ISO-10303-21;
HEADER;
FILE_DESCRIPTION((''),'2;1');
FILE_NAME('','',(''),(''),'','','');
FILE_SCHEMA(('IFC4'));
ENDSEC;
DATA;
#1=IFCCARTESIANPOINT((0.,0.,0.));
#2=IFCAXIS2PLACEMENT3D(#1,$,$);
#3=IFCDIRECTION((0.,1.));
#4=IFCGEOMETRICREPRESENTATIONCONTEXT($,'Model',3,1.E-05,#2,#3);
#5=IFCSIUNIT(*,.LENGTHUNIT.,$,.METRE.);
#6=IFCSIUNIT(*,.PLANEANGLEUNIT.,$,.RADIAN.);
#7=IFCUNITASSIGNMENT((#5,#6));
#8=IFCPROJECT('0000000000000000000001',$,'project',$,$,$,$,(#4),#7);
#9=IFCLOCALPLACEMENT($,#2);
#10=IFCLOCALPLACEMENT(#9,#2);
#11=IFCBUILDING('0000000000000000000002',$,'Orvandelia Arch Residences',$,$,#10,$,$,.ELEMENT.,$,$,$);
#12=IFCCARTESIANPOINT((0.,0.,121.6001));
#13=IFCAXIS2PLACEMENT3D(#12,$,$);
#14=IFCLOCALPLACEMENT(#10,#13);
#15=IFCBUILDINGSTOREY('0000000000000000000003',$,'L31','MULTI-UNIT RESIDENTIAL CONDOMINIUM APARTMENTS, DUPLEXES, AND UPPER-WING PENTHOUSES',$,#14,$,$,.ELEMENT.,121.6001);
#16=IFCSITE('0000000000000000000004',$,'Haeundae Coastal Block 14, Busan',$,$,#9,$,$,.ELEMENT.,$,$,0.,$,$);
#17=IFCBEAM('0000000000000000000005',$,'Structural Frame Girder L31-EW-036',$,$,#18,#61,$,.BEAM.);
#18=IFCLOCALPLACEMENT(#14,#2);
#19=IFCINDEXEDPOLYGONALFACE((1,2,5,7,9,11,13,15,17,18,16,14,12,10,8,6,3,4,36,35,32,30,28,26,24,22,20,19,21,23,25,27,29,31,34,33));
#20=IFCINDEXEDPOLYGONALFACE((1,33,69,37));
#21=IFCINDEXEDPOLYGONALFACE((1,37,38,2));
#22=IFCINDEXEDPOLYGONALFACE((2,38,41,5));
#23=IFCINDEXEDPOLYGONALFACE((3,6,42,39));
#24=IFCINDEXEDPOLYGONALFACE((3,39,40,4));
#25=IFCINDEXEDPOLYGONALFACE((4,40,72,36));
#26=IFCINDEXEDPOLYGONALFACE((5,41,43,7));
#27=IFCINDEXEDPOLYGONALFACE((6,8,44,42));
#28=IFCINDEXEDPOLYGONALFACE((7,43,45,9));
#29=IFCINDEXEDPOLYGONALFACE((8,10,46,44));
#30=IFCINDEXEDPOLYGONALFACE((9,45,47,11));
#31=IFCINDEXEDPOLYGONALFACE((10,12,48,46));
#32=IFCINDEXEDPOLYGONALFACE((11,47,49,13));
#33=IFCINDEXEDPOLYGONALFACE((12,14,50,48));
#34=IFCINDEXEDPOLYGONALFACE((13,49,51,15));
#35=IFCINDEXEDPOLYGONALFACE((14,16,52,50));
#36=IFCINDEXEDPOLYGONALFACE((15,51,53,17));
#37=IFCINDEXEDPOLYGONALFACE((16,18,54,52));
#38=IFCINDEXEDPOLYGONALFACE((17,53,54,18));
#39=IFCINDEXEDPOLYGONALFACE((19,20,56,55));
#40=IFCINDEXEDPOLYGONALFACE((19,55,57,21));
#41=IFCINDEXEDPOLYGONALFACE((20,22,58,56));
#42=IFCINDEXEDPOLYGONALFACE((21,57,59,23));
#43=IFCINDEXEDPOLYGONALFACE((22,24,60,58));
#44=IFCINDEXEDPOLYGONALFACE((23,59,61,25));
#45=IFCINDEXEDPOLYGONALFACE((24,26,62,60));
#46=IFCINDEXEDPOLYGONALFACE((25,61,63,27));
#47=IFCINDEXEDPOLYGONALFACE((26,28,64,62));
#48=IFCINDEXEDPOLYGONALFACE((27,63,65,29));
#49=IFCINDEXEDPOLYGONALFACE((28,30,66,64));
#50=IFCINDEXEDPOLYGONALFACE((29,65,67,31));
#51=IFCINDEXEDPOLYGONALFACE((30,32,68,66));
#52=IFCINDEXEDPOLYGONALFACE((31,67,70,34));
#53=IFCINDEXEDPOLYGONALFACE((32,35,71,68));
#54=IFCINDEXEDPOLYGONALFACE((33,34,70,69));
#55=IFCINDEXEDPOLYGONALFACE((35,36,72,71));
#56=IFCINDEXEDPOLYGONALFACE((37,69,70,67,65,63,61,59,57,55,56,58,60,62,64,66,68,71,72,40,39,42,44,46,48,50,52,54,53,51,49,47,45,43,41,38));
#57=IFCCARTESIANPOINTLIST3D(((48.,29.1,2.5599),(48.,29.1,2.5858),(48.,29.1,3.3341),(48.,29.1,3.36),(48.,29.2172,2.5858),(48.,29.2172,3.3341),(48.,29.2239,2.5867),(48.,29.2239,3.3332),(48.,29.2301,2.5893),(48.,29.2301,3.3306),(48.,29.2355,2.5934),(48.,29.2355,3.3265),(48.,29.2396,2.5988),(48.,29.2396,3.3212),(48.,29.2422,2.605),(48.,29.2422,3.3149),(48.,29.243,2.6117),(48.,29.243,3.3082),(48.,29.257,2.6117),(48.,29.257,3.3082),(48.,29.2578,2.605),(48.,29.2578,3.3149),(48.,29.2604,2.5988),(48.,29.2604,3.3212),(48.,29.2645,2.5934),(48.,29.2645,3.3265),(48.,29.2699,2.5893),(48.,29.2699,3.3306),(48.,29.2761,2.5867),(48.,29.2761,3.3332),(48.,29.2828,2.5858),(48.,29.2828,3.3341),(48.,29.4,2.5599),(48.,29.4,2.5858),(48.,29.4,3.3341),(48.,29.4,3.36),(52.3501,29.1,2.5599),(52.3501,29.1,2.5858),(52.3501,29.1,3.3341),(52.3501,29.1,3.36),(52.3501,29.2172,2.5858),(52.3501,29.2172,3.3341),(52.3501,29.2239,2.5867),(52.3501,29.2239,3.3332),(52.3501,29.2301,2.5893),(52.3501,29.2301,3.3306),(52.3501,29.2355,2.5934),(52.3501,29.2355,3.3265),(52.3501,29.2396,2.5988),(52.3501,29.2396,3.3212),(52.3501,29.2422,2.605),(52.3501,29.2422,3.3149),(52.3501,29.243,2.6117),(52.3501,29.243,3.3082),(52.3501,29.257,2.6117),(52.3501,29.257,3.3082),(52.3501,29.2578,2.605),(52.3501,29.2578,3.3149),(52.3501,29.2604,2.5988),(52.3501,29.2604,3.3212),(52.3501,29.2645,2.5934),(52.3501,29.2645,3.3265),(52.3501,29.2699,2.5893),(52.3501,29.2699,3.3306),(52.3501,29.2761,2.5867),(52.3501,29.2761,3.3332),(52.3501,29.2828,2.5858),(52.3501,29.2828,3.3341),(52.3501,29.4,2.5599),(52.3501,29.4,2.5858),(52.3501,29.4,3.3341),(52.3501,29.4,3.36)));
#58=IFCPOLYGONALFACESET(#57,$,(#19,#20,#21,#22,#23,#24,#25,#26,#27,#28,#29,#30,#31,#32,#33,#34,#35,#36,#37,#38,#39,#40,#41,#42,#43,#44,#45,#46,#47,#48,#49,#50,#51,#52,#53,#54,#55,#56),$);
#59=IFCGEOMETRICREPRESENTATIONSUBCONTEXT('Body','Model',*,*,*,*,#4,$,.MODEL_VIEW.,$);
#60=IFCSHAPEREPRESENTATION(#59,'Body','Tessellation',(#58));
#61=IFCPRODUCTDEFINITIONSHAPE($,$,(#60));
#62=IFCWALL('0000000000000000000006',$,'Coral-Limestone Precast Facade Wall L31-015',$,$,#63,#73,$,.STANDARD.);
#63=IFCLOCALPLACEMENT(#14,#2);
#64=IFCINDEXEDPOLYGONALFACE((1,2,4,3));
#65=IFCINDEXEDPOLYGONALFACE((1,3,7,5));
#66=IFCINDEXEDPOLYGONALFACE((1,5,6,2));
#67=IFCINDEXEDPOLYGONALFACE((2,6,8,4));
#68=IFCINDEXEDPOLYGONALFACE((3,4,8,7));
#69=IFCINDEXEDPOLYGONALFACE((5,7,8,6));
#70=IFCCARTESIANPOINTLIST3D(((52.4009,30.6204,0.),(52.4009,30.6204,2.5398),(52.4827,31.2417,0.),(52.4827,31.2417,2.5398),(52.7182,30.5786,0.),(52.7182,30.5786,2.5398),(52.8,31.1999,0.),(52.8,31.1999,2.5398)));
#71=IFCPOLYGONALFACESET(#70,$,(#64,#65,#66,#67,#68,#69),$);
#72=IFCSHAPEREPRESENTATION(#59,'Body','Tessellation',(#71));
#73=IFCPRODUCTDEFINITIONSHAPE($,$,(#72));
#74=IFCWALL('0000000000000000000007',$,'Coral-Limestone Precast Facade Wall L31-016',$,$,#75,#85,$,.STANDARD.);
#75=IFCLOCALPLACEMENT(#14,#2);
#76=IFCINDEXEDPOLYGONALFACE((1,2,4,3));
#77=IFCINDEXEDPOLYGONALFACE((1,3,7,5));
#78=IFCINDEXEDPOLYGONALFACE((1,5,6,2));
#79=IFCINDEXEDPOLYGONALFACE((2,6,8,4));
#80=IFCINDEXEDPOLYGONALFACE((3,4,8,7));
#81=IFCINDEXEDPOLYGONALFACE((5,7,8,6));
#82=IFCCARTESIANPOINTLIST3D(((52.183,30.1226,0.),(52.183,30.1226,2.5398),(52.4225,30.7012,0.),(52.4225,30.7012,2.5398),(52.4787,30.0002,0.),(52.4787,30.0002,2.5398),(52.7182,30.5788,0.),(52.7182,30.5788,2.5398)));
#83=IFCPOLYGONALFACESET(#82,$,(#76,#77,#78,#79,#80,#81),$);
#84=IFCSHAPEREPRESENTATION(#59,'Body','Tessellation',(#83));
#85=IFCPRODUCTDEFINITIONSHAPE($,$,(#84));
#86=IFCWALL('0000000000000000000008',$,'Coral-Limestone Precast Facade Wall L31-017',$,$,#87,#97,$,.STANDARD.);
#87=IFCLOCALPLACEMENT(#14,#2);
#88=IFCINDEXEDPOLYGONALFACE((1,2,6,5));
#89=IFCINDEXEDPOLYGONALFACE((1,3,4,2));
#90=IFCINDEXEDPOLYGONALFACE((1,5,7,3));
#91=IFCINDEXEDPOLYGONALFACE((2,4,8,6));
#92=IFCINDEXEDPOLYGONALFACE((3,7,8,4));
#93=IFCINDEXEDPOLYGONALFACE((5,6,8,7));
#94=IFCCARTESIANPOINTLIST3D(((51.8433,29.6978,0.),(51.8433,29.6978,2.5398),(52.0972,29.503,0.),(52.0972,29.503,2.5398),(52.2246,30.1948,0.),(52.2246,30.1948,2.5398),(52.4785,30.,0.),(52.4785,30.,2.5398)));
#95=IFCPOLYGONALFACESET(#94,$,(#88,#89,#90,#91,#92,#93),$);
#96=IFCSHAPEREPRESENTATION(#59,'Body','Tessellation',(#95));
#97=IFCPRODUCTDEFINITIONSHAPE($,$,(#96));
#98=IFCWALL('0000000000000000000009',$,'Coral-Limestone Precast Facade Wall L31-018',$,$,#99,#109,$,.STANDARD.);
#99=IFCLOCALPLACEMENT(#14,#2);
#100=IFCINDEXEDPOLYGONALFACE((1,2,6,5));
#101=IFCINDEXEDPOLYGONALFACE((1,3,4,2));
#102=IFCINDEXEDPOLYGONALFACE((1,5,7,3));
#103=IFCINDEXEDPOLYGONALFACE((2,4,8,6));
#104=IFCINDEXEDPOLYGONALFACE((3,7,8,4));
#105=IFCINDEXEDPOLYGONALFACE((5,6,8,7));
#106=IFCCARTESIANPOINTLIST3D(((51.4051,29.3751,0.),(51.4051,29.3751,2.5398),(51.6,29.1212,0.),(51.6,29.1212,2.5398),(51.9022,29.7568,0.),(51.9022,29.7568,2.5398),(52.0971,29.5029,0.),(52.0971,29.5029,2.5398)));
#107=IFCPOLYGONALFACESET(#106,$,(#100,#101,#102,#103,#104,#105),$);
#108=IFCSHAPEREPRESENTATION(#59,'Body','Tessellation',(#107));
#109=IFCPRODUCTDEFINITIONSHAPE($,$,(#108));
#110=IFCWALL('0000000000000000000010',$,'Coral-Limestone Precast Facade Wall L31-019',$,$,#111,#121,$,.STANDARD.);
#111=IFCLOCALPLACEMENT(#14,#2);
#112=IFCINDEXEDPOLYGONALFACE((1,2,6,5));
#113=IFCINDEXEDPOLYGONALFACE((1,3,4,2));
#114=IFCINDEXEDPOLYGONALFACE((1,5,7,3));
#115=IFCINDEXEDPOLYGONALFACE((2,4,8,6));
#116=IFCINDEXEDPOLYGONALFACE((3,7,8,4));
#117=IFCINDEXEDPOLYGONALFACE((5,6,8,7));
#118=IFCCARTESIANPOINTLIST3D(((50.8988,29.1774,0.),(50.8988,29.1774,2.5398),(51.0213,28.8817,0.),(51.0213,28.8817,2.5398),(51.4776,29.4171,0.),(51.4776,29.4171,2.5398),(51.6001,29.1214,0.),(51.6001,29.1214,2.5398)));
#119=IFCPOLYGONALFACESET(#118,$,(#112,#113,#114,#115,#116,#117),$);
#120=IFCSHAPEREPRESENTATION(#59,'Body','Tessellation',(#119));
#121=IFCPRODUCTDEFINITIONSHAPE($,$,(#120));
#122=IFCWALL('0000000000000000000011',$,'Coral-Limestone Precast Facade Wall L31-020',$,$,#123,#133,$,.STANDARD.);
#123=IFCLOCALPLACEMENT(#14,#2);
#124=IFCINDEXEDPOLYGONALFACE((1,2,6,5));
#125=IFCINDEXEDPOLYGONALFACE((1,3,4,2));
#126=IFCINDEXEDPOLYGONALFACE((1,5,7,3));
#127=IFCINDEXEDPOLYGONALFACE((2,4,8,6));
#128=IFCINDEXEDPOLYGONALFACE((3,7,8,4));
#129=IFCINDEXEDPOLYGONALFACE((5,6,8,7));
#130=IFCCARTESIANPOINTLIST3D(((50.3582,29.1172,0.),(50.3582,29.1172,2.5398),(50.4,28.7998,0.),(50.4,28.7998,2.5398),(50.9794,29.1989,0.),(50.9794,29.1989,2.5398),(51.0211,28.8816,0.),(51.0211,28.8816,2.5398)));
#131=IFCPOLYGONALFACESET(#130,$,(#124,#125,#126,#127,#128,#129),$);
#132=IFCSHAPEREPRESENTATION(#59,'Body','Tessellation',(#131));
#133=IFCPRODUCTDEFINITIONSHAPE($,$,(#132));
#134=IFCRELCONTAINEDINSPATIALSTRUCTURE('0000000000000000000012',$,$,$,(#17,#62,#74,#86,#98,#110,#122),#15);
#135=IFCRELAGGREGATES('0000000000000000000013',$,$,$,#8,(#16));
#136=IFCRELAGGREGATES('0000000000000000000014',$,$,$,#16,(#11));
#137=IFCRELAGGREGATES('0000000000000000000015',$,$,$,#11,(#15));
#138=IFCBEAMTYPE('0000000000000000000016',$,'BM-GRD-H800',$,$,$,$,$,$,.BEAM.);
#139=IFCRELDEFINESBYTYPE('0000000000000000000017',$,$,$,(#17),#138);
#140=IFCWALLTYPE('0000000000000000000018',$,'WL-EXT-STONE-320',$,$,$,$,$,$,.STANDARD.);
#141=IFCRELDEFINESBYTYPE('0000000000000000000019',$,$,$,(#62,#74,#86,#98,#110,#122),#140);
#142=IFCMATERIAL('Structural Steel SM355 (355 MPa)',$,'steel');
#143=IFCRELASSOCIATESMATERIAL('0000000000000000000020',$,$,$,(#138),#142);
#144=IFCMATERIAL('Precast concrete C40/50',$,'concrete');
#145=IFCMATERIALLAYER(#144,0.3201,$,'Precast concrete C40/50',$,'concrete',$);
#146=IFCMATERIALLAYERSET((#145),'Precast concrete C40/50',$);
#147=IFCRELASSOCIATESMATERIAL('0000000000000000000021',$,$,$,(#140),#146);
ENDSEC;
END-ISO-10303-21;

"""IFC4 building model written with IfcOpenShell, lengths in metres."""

from ifc_helpers import new_model, si_unit, direction, frame, frame_2d, origin, origin_2d, place, context, subcontext, project, spatial, rectangle, i_section, extrude, material, layer, layer_set, material_profile, profile_set, type_object, element, save


model = new_model("IFC4")

# Units and contexts
model_context = context("Model", 3, precision=1e-05, world=origin(), true_north=direction((0.0, 1.0)))
body_context = subcontext(model_context, "Body", "Model", "MODEL_VIEW")
ifc_project = project(units=[si_unit("LENGTHUNIT", "METRE"), si_unit("PLANEANGLEUNIT", "RADIAN")], contexts=[model_context])

# Site, building, storey
site_placement = place(None, origin())
site = spatial("IfcSite", under=ifc_project, at=site_placement, Name="Haeundae Coastal Block 14, Busan", CompositionType="ELEMENT", RefElevation=0.0)
building_placement = place(site_placement, origin())
building = spatial("IfcBuilding", under=site, at=building_placement, Name="Orvandelia Arch Residences", CompositionType="ELEMENT")
storey_placement = place(building_placement, frame((0.0, 0.0, 121.6001)))
storey = spatial("IfcBuildingStorey", under=building, at=storey_placement, Name="L31", Description="MULTI-UNIT RESIDENTIAL CONDOMINIUM APARTMENTS, DUPLEXES, AND UPPER-WING PENTHOUSES", CompositionType="ELEMENT", Elevation=121.6001)

# Beam
ifc_material_1 = material(Name="Structural Steel SM355 (355 MPa)", Category="steel")
ifc_material_profile_1 = material_profile(ifc_material_1, i_section(OverallWidth=0.3, OverallDepth=0.8, WebThickness=0.0139, FlangeThickness=0.0259, FilletRadius=0.0259, at=origin_2d()), Name="Structural Steel SM355 (355 MPa)", Category="steel")
ifc_profile_set_1 = profile_set([ifc_material_profile_1], Name="Structural Steel SM355 (355 MPa)")
beam_type = type_object("IfcBeamType", Name="BM-GRD-H800", PredefinedType="BEAM", material=ifc_profile_set_1)
beam_1_placement = place(storey_placement, frame((48.0, 29.25, 2.96), z_axis=(1.0, 0.0, 0.0), x_axis=(0.0, 1.0, 0.0)))
element("IfcBeam", 1, at=beam_1_placement, inside=storey, type_object=beam_type, Name="Structural Frame Girder L31-EW-036", PredefinedType="BEAM", context=body_context, shape_type="SweptSolid", body=[
    extrude(i_section(OverallWidth=0.3, OverallDepth=0.8, WebThickness=0.0139, FlangeThickness=0.0259, FilletRadius=0.0259, at=origin_2d()), origin(), (0.0, 0.0, 1.0), 4.3501),
])

# Walls
ifc_material_2 = material(Name="Precast concrete C40/50", Category="concrete")
ifc_layer_1 = layer(ifc_material_2, 0.3201, Name="Precast concrete C40/50", Category="concrete")
ifc_layer_set_1 = layer_set([ifc_layer_1], Name="Precast concrete C40/50")
wall_type_1 = type_object("IfcWallType", Name="WL-EXT-STONE-320", PredefinedType="STANDARD", material=ifc_layer_set_1)
wall_1_placement = place(storey_placement, frame((52.6414, 31.2209, 0.0), z_axis=(0.0, 0.0, 1.0), x_axis=(-0.130505, -0.991448, 0.0)))
element("IfcWall", 2, at=wall_1_placement, inside=storey, type_object=wall_type_1, Name="Coral-Limestone Precast Facade Wall L31-015", PredefinedType="STANDARD", context=body_context, shape_type="SweptSolid", body=[
    extrude(rectangle(XDim=0.6267, YDim=0.3201, at=frame_2d((0.3135, 0.0))), origin(), (0.0, 0.0, 1.0), 2.5398),
])
wall_2_placement = place(storey_placement, frame((52.5703, 30.6399, 0.0), z_axis=(0.0, 0.0, 1.0), x_axis=(-0.382455, -0.923974, 0.0)))
element("IfcWall", 3, at=wall_2_placement, inside=storey, type_object=wall_type_1, Name="Coral-Limestone Precast Facade Wall L31-016", PredefinedType="STANDARD", context=body_context, shape_type="SweptSolid", body=[
    extrude(rectangle(XDim=0.6262, YDim=0.3201, at=frame_2d((0.313, 0.0))), origin(), (0.0, 0.0, 1.0), 2.5398),
])
wall_3_placement = place(storey_placement, frame((52.3516, 30.0974, 0.0), z_axis=(0.0, 0.0, 1.0), x_axis=(-0.608693, -0.793406, 0.0)))
element("IfcWall", 4, at=wall_3_placement, inside=storey, type_object=wall_type_1, Name="Coral-Limestone Precast Facade Wall L31-017", PredefinedType="STANDARD", context=body_context, shape_type="SweptSolid", body=[
    extrude(rectangle(XDim=0.6265, YDim=0.3201, at=frame_2d((0.3132, 0.0))), origin(), (0.0, 0.0, 1.0), 2.5398),
])
wall_4_placement = place(storey_placement, frame((51.9998, 29.6299, 0.0), z_axis=(0.0, 0.0, 1.0), x_axis=(-0.793217, -0.608939, 0.0)))
element("IfcWall", 5, at=wall_4_placement, inside=storey, type_object=wall_type_1, Name="Coral-Limestone Precast Facade Wall L31-018", PredefinedType="STANDARD", context=body_context, shape_type="SweptSolid", body=[
    extrude(rectangle(XDim=0.6267, YDim=0.3201, at=frame_2d((0.3135, 0.0))), origin(), (0.0, 0.0, 1.0), 2.5398),
])
for number, where, z_axis, x_axis, name in (
    (6, (51.5388, 29.2693, 0.0), (0.0, 0.0, 1.0), (-0.923893, -0.38265, 0.0), "Coral-Limestone Precast Facade Wall L31-019"),
    (7, (51.0002, 29.0403, 0.0), (0.0, 0.0, 1.0), (-0.991441, -0.130555, 0.0), "Coral-Limestone Precast Facade Wall L31-020"),
):
    element("IfcWall", number, at=place(storey_placement, frame(where, z_axis=z_axis, x_axis=x_axis)), inside=storey, type_object=wall_type_1, Name=name, PredefinedType="STANDARD", context=body_context, shape_type="SweptSolid", body=[
        extrude(rectangle(XDim=0.6265, YDim=0.3201, at=frame_2d((0.3132, 0.0))), origin(), (0.0, 0.0, 1.0), 2.5398),
    ])

save(model, "model.ifc")
